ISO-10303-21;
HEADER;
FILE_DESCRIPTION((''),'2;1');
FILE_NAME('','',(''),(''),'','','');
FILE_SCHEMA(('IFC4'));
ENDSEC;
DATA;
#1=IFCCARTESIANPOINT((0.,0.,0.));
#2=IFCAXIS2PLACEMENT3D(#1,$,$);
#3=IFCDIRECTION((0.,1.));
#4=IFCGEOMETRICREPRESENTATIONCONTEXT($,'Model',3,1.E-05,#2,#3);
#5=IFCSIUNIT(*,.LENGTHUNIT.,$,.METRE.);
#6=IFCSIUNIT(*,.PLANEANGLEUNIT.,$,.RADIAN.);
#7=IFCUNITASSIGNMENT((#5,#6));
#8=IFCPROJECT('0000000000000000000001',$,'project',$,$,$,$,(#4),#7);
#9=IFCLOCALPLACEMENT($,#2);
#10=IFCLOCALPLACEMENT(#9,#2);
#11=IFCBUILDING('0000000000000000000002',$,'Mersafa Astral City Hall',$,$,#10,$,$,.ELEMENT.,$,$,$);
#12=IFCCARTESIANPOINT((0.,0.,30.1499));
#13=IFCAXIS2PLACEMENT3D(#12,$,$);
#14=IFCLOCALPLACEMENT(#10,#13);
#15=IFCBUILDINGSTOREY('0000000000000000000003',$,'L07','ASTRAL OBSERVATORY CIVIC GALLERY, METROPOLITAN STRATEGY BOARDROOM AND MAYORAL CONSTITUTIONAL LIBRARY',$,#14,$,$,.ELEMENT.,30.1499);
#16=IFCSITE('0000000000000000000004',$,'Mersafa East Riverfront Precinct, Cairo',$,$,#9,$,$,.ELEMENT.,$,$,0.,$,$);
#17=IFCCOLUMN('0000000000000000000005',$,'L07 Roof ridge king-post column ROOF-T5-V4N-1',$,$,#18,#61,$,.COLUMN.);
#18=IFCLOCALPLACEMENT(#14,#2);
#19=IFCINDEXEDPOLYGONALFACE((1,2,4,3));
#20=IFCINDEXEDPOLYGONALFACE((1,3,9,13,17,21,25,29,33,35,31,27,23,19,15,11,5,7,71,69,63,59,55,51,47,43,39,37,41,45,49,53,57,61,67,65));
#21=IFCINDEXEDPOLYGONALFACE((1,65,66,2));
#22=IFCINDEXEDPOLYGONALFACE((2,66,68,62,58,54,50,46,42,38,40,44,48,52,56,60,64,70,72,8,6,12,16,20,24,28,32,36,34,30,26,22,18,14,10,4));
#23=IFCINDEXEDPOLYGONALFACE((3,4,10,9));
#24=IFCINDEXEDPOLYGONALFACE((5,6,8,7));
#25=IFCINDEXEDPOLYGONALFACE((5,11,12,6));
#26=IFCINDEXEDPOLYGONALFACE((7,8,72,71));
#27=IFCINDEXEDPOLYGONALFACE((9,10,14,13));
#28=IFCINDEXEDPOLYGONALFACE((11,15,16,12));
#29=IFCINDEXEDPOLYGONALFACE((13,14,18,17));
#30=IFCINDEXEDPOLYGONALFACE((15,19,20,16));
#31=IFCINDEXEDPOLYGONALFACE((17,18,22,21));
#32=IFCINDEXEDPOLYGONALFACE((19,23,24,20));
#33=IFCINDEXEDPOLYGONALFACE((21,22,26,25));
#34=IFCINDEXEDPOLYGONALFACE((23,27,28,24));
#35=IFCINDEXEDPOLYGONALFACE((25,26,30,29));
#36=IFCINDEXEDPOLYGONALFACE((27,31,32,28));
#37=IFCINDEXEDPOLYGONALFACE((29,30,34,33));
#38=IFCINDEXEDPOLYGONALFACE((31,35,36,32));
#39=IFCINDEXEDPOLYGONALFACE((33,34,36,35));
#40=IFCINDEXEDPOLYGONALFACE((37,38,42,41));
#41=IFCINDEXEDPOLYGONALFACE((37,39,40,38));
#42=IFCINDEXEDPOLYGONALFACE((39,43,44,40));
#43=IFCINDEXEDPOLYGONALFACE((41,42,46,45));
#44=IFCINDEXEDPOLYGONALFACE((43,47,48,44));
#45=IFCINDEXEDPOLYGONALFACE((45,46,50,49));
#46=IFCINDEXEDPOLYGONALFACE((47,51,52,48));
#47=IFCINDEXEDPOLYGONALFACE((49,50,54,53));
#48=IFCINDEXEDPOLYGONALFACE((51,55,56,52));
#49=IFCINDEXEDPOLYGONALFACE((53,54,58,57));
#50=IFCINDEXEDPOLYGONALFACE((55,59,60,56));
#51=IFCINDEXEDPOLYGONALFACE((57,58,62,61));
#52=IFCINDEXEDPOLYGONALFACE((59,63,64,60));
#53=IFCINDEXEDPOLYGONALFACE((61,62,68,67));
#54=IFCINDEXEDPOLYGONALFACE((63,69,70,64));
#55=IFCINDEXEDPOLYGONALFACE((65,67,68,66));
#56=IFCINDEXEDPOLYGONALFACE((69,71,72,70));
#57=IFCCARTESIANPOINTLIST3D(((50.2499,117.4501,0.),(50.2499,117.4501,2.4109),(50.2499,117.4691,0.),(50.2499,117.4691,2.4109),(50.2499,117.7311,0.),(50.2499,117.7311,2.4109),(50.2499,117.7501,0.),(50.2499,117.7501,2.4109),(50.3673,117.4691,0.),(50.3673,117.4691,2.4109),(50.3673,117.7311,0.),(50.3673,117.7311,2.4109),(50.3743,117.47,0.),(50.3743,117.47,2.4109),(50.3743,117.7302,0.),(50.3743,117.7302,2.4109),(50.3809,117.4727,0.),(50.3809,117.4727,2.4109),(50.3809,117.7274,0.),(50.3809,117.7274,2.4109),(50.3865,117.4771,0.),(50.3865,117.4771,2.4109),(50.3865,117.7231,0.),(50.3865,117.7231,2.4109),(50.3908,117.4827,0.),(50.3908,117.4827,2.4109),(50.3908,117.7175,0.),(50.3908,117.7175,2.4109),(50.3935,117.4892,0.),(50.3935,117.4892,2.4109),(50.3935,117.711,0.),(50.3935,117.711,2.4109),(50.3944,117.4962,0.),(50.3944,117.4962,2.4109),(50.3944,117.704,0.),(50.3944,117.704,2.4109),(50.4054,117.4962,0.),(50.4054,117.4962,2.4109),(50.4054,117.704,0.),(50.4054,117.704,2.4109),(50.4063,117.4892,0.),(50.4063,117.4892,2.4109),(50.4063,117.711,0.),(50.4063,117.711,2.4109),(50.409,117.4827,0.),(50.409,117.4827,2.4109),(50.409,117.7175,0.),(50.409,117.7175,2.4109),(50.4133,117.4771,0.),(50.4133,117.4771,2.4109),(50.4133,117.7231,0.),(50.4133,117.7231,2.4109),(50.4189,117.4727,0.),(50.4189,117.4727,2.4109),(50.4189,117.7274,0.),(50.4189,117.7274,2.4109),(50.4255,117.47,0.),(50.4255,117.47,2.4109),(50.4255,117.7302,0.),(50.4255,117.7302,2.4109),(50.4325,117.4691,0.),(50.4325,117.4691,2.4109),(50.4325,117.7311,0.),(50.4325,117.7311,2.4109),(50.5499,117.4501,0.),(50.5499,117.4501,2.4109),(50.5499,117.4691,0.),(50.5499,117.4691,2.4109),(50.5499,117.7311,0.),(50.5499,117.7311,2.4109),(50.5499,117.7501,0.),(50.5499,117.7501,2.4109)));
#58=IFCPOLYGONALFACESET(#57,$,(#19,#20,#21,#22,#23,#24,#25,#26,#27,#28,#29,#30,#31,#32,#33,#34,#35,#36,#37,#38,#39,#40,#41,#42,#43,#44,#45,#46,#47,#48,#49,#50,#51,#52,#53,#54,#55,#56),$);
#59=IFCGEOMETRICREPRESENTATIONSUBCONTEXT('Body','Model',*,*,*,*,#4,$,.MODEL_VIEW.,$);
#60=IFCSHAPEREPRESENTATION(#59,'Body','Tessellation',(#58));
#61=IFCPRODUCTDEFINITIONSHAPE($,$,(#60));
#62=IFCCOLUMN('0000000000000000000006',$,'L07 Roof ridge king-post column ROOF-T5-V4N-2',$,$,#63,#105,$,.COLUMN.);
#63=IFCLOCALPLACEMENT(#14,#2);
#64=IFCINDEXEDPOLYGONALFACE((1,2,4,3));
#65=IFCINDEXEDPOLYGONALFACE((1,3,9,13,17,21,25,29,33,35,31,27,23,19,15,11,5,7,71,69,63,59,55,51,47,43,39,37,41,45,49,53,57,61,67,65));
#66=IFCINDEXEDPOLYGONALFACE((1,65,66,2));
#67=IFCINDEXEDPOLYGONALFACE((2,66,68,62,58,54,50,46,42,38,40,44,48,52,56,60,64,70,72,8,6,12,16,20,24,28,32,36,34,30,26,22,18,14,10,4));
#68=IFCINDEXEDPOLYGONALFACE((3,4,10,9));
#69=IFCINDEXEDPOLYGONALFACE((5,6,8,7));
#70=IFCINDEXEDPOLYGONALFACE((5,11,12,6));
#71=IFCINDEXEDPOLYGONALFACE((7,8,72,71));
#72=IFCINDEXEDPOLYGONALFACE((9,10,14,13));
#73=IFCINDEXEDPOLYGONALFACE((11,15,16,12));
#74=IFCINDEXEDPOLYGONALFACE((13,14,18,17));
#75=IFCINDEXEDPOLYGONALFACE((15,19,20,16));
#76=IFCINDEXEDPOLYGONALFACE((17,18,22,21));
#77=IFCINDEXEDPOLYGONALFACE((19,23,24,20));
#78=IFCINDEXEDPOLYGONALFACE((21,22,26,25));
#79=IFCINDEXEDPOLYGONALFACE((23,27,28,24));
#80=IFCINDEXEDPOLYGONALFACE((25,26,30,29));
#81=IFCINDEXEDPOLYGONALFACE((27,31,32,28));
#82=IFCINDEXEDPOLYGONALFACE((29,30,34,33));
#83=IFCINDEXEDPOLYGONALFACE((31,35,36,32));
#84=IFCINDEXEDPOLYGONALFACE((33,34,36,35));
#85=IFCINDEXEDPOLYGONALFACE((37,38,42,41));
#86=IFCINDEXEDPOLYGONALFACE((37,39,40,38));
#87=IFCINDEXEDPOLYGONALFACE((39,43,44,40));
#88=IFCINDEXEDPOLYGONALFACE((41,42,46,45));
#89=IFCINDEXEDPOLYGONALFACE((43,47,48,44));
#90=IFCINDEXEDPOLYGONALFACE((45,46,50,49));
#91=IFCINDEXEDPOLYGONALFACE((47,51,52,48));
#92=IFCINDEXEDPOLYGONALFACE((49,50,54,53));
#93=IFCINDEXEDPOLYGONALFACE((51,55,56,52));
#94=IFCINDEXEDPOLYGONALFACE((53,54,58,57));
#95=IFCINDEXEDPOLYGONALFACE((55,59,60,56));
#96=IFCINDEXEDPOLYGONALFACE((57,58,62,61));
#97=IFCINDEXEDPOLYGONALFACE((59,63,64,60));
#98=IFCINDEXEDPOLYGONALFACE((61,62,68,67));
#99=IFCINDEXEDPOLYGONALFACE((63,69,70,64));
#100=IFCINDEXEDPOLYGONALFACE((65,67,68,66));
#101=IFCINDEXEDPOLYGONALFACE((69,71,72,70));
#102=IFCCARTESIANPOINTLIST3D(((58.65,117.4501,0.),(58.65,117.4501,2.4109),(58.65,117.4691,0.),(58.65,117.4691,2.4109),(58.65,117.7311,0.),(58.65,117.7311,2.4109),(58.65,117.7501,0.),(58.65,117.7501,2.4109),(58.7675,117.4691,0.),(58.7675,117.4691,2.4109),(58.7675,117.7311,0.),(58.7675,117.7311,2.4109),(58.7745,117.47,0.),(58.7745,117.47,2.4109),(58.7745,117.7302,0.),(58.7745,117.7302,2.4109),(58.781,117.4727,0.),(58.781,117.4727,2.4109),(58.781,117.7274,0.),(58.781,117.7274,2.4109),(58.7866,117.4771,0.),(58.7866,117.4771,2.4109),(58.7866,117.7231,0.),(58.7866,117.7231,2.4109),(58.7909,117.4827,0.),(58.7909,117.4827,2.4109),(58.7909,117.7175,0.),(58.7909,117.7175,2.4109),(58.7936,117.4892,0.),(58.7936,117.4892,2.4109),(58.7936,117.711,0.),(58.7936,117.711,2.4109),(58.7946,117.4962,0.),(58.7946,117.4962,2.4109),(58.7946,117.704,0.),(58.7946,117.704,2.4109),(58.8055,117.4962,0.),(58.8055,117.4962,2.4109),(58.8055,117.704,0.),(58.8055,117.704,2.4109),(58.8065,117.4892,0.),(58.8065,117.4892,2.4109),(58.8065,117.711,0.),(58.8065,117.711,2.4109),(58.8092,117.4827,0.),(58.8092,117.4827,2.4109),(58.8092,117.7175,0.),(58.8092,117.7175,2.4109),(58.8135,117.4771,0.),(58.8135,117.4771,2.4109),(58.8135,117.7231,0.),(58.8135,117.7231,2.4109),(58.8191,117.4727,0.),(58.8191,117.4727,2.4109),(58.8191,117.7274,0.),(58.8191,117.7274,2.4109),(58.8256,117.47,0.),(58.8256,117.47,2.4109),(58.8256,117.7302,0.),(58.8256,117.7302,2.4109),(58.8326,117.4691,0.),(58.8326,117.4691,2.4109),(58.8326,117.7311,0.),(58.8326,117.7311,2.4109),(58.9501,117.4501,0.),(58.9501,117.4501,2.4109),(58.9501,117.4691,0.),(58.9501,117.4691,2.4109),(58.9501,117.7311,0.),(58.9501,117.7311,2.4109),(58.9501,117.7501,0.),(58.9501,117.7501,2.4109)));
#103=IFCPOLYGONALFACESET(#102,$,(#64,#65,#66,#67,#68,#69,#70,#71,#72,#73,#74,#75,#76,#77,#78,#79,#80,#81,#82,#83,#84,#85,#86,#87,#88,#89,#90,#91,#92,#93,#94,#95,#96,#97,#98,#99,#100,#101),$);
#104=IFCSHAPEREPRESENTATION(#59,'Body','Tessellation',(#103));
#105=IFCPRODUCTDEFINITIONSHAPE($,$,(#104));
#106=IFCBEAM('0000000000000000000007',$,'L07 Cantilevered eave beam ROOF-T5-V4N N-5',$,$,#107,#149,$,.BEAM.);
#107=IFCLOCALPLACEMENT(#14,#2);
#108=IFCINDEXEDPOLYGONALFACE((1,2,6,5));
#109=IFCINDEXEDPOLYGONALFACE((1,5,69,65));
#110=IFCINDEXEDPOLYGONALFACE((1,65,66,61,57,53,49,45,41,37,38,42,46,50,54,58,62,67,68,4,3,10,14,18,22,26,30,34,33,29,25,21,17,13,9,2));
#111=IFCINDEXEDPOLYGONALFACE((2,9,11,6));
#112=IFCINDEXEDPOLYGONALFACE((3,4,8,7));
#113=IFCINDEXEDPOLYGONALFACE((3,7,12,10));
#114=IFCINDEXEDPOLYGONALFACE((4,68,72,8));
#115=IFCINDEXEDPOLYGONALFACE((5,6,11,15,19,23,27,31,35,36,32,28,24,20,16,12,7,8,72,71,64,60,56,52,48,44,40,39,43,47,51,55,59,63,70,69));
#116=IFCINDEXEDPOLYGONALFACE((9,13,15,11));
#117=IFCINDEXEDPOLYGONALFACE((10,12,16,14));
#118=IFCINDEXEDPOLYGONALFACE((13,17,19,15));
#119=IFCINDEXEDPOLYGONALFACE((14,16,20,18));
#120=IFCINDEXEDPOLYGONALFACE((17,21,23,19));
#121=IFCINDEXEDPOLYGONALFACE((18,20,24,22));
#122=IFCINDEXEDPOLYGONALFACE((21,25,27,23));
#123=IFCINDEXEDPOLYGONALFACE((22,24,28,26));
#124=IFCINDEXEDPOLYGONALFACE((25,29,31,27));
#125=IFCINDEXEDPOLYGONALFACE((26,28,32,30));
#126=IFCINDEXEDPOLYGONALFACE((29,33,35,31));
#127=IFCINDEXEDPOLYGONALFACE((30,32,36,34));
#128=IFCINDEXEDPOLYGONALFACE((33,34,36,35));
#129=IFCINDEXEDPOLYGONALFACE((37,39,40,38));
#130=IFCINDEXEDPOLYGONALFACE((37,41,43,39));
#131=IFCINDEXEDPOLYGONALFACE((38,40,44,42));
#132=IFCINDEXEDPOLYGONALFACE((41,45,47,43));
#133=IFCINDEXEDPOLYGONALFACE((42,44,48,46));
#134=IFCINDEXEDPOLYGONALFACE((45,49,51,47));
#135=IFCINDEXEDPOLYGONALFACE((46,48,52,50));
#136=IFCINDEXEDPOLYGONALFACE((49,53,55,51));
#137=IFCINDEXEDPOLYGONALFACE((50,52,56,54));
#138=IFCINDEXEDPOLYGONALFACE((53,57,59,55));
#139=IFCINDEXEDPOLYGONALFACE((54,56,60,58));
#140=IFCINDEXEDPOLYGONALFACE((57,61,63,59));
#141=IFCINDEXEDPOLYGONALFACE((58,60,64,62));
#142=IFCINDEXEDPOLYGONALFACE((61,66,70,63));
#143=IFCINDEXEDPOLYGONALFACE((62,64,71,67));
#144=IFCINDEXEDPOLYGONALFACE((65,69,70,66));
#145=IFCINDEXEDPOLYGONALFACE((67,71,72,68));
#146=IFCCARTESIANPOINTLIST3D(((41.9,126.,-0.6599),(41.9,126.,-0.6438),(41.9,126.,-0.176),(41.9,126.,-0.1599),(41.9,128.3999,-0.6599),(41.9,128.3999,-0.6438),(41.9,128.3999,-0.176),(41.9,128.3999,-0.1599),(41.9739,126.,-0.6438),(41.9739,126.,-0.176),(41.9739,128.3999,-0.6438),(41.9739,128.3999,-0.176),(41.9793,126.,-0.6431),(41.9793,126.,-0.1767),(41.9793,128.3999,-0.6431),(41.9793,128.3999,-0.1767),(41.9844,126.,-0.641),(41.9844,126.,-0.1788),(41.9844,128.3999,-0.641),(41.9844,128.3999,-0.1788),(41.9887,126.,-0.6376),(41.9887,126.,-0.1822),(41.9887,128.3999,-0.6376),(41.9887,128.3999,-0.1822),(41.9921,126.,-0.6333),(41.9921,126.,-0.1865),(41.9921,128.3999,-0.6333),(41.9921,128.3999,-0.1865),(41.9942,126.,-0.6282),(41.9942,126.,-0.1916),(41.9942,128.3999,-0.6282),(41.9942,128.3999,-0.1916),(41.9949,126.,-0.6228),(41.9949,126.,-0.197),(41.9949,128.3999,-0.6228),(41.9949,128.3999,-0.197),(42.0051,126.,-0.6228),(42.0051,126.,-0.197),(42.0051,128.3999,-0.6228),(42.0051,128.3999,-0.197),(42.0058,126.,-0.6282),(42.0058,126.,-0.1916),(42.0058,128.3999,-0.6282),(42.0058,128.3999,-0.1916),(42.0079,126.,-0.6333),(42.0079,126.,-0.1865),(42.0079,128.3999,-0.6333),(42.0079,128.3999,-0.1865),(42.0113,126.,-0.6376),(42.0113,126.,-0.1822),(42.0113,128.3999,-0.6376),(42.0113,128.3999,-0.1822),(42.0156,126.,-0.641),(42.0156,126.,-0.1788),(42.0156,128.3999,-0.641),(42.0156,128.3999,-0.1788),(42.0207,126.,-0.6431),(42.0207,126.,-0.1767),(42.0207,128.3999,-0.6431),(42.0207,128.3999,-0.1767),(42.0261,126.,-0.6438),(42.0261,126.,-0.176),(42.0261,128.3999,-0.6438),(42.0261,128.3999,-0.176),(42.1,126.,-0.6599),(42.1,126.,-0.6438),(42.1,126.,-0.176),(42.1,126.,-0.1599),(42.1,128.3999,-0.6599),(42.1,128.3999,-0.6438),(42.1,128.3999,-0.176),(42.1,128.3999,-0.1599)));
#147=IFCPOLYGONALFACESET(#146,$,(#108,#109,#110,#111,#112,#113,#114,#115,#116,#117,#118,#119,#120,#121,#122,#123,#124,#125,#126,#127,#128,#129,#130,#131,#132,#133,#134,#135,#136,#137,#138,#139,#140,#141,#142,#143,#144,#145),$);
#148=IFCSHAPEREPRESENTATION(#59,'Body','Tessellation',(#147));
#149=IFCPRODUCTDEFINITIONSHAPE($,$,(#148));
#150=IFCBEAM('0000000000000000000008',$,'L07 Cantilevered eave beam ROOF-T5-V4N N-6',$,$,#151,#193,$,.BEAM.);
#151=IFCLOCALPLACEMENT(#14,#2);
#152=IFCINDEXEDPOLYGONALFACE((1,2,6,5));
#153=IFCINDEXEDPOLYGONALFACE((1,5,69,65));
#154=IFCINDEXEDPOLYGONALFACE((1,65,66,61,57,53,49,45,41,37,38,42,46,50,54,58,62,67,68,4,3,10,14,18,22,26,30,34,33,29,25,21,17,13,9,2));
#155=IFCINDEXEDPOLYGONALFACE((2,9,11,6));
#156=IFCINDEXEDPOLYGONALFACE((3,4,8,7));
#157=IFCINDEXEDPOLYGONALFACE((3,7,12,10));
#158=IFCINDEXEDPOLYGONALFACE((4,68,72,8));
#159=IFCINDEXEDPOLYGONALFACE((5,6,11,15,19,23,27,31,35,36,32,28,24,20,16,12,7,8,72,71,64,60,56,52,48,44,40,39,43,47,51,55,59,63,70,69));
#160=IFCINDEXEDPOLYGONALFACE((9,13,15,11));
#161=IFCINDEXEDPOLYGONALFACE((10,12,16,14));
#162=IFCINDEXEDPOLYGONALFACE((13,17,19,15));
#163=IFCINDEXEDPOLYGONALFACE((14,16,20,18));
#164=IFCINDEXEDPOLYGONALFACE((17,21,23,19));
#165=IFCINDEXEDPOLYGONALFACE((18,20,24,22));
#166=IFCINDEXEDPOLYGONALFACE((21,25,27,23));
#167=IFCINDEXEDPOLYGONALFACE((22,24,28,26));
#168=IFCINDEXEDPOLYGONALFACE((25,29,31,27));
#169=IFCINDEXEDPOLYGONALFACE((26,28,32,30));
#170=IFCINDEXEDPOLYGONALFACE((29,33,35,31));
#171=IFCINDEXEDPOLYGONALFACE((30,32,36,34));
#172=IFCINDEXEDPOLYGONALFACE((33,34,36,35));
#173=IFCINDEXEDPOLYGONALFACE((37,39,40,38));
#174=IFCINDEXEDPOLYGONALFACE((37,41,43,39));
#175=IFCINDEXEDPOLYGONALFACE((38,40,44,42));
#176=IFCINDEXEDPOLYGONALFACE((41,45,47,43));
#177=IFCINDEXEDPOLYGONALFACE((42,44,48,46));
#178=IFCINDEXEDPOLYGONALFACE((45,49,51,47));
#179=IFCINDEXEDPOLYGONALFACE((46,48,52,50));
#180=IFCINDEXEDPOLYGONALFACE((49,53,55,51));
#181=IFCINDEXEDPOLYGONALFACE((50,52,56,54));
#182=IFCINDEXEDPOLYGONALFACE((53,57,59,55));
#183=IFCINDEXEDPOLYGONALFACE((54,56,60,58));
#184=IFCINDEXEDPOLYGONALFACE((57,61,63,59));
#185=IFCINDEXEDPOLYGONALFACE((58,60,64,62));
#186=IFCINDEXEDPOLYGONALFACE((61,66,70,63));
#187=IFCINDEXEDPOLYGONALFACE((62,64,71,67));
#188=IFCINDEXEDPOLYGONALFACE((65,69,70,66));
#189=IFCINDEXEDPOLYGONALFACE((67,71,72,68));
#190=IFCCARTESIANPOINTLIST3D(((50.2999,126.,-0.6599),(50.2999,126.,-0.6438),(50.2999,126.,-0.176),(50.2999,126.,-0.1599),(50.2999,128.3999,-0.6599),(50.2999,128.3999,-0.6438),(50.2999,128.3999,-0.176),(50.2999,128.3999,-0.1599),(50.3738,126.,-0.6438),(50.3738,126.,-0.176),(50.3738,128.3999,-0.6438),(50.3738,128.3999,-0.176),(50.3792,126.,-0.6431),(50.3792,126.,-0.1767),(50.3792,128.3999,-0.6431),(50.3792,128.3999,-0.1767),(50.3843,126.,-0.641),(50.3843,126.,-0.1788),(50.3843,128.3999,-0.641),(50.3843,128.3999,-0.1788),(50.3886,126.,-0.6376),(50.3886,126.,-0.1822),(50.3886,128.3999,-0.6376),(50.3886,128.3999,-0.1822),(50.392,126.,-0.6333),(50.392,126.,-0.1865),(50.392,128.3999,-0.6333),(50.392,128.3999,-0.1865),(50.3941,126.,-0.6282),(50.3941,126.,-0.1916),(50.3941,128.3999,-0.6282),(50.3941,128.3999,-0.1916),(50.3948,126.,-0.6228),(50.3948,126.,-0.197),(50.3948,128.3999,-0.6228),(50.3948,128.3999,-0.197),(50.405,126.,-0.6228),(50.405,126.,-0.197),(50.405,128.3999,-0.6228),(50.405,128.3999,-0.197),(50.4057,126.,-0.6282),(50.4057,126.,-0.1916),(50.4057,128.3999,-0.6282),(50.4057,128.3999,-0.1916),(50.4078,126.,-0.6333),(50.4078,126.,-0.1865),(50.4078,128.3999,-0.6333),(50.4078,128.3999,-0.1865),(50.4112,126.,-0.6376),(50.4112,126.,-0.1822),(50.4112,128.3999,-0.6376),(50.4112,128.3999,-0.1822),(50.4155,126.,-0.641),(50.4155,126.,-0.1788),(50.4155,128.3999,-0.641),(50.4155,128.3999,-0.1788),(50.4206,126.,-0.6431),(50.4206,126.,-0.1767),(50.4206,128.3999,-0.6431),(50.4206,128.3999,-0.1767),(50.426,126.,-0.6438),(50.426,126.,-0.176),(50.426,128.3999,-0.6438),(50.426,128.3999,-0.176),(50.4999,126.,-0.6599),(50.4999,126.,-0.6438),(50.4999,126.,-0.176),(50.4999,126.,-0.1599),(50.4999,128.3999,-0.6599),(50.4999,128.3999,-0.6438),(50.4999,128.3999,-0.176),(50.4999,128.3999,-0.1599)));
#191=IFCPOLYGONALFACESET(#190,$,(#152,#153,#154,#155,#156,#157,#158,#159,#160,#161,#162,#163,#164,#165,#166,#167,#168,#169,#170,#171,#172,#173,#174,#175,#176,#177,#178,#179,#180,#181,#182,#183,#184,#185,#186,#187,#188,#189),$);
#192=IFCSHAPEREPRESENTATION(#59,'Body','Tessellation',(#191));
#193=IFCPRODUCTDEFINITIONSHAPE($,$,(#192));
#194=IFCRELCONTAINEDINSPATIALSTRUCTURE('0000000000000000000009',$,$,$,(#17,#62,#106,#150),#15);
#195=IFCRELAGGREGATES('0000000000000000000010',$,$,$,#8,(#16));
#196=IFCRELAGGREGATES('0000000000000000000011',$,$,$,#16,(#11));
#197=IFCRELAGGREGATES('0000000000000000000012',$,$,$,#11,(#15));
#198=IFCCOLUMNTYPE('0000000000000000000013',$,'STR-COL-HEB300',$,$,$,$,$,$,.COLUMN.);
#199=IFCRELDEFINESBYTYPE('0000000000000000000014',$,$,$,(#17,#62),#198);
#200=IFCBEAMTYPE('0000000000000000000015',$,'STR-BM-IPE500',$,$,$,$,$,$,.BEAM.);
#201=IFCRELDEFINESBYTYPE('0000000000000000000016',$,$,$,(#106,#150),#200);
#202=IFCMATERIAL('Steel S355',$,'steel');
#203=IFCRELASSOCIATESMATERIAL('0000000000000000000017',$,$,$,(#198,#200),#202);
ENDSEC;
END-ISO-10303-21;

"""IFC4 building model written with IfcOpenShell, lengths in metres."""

from ifc_helpers import new_model, si_unit, direction, frame, origin, origin_2d, place, context, subcontext, project, spatial, i_section, extrude, material, material_profile, profile_set, type_object, element, save


model = new_model("IFC4")

# Units and contexts
model_context = context("Model", 3, precision=1e-05, world=origin(), true_north=direction((0.0, 1.0)))
body_context = subcontext(model_context, "Body", "Model", "MODEL_VIEW")
ifc_project = project(units=[si_unit("LENGTHUNIT", "METRE"), si_unit("PLANEANGLEUNIT", "RADIAN")], contexts=[model_context])

# Site, building, storey
site_placement = place(None, origin())
site = spatial("IfcSite", under=ifc_project, at=site_placement, Name="Mersafa East Riverfront Precinct, Cairo", CompositionType="ELEMENT", RefElevation=0.0)
building_placement = place(site_placement, origin())
building = spatial("IfcBuilding", under=site, at=building_placement, Name="Mersafa Astral City Hall", CompositionType="ELEMENT")
storey_placement = place(building_placement, frame((0.0, 0.0, 30.1499)))
storey = spatial("IfcBuildingStorey", under=building, at=storey_placement, Name="L07", Description="ASTRAL OBSERVATORY CIVIC GALLERY, METROPOLITAN STRATEGY BOARDROOM AND MAYORAL CONSTITUTIONAL LIBRARY", CompositionType="ELEMENT", Elevation=30.1499)

# Columns
ifc_material_1 = material(Name="Steel S355", Category="steel")
ifc_material_profile_1 = material_profile(ifc_material_1, i_section(OverallWidth=0.3, OverallDepth=0.3, WebThickness=0.011, FlangeThickness=0.019, FilletRadius=0.0271, at=origin_2d()), Name="HEB 300")
ifc_profile_set_1 = profile_set([ifc_material_profile_1], Name="Steel S355")
column_type = type_object("IfcColumnType", Name="STR-COL-HEB300", PredefinedType="COLUMN", material=ifc_profile_set_1)
for number, where, z_axis, x_axis, name in (
    (1, (50.3999, 117.6001, 0.0), (0.0, 0.0, 1.0), (1.0, 0.0, 0.0), "L07 Roof ridge king-post column ROOF-T5-V4N-1"),
    (2, (58.8, 117.6001, 0.0), (0.0, 0.0, 1.0), (1.0, 0.0, 0.0), "L07 Roof ridge king-post column ROOF-T5-V4N-2"),
):
    element("IfcColumn", number, at=place(storey_placement, frame(where, z_axis=z_axis, x_axis=x_axis)), inside=storey, type_object=column_type, Name=name, PredefinedType="COLUMN", context=body_context, shape_type="SweptSolid", body=[
        extrude(i_section(OverallWidth=0.3, OverallDepth=0.3, WebThickness=0.011, FlangeThickness=0.019, FilletRadius=0.0271, at=origin_2d()), origin(), (0.0, 0.0, 1.0), 2.4109),
    ])

# Beams
ifc_material_profile_2 = material_profile(ifc_material_1, i_section(OverallWidth=0.2, OverallDepth=0.5, WebThickness=0.0103, FlangeThickness=0.0161, FilletRadius=0.021, at=origin_2d()), Name="IPE 500")
ifc_profile_set_2 = profile_set([ifc_material_profile_2], Name="Steel S355")
beam_type_1 = type_object("IfcBeamType", Name="STR-BM-IPE500", PredefinedType="BEAM", material=ifc_profile_set_2)
for number, where, z_axis, x_axis, name in (
    (3, (42.0, 126.0, -0.4099), (0.0, 1.0, 0.0), (-1.0, 0.0, 0.0), "L07 Cantilevered eave beam ROOF-T5-V4N N-5"),
    (4, (50.3999, 126.0, -0.4099), (0.0, 1.0, 0.0), (-1.0, 0.0, 0.0), "L07 Cantilevered eave beam ROOF-T5-V4N N-6"),
):
    element("IfcBeam", number, at=place(storey_placement, frame(where, z_axis=z_axis, x_axis=x_axis)), inside=storey, type_object=beam_type_1, Name=name, PredefinedType="BEAM", context=body_context, shape_type="SweptSolid", body=[
        extrude(i_section(OverallWidth=0.2, OverallDepth=0.5, WebThickness=0.0103, FlangeThickness=0.0161, FilletRadius=0.021, at=origin_2d()), origin(), (0.0, 0.0, 1.0), 2.3999),
    ])

save(model, "model.ifc")
